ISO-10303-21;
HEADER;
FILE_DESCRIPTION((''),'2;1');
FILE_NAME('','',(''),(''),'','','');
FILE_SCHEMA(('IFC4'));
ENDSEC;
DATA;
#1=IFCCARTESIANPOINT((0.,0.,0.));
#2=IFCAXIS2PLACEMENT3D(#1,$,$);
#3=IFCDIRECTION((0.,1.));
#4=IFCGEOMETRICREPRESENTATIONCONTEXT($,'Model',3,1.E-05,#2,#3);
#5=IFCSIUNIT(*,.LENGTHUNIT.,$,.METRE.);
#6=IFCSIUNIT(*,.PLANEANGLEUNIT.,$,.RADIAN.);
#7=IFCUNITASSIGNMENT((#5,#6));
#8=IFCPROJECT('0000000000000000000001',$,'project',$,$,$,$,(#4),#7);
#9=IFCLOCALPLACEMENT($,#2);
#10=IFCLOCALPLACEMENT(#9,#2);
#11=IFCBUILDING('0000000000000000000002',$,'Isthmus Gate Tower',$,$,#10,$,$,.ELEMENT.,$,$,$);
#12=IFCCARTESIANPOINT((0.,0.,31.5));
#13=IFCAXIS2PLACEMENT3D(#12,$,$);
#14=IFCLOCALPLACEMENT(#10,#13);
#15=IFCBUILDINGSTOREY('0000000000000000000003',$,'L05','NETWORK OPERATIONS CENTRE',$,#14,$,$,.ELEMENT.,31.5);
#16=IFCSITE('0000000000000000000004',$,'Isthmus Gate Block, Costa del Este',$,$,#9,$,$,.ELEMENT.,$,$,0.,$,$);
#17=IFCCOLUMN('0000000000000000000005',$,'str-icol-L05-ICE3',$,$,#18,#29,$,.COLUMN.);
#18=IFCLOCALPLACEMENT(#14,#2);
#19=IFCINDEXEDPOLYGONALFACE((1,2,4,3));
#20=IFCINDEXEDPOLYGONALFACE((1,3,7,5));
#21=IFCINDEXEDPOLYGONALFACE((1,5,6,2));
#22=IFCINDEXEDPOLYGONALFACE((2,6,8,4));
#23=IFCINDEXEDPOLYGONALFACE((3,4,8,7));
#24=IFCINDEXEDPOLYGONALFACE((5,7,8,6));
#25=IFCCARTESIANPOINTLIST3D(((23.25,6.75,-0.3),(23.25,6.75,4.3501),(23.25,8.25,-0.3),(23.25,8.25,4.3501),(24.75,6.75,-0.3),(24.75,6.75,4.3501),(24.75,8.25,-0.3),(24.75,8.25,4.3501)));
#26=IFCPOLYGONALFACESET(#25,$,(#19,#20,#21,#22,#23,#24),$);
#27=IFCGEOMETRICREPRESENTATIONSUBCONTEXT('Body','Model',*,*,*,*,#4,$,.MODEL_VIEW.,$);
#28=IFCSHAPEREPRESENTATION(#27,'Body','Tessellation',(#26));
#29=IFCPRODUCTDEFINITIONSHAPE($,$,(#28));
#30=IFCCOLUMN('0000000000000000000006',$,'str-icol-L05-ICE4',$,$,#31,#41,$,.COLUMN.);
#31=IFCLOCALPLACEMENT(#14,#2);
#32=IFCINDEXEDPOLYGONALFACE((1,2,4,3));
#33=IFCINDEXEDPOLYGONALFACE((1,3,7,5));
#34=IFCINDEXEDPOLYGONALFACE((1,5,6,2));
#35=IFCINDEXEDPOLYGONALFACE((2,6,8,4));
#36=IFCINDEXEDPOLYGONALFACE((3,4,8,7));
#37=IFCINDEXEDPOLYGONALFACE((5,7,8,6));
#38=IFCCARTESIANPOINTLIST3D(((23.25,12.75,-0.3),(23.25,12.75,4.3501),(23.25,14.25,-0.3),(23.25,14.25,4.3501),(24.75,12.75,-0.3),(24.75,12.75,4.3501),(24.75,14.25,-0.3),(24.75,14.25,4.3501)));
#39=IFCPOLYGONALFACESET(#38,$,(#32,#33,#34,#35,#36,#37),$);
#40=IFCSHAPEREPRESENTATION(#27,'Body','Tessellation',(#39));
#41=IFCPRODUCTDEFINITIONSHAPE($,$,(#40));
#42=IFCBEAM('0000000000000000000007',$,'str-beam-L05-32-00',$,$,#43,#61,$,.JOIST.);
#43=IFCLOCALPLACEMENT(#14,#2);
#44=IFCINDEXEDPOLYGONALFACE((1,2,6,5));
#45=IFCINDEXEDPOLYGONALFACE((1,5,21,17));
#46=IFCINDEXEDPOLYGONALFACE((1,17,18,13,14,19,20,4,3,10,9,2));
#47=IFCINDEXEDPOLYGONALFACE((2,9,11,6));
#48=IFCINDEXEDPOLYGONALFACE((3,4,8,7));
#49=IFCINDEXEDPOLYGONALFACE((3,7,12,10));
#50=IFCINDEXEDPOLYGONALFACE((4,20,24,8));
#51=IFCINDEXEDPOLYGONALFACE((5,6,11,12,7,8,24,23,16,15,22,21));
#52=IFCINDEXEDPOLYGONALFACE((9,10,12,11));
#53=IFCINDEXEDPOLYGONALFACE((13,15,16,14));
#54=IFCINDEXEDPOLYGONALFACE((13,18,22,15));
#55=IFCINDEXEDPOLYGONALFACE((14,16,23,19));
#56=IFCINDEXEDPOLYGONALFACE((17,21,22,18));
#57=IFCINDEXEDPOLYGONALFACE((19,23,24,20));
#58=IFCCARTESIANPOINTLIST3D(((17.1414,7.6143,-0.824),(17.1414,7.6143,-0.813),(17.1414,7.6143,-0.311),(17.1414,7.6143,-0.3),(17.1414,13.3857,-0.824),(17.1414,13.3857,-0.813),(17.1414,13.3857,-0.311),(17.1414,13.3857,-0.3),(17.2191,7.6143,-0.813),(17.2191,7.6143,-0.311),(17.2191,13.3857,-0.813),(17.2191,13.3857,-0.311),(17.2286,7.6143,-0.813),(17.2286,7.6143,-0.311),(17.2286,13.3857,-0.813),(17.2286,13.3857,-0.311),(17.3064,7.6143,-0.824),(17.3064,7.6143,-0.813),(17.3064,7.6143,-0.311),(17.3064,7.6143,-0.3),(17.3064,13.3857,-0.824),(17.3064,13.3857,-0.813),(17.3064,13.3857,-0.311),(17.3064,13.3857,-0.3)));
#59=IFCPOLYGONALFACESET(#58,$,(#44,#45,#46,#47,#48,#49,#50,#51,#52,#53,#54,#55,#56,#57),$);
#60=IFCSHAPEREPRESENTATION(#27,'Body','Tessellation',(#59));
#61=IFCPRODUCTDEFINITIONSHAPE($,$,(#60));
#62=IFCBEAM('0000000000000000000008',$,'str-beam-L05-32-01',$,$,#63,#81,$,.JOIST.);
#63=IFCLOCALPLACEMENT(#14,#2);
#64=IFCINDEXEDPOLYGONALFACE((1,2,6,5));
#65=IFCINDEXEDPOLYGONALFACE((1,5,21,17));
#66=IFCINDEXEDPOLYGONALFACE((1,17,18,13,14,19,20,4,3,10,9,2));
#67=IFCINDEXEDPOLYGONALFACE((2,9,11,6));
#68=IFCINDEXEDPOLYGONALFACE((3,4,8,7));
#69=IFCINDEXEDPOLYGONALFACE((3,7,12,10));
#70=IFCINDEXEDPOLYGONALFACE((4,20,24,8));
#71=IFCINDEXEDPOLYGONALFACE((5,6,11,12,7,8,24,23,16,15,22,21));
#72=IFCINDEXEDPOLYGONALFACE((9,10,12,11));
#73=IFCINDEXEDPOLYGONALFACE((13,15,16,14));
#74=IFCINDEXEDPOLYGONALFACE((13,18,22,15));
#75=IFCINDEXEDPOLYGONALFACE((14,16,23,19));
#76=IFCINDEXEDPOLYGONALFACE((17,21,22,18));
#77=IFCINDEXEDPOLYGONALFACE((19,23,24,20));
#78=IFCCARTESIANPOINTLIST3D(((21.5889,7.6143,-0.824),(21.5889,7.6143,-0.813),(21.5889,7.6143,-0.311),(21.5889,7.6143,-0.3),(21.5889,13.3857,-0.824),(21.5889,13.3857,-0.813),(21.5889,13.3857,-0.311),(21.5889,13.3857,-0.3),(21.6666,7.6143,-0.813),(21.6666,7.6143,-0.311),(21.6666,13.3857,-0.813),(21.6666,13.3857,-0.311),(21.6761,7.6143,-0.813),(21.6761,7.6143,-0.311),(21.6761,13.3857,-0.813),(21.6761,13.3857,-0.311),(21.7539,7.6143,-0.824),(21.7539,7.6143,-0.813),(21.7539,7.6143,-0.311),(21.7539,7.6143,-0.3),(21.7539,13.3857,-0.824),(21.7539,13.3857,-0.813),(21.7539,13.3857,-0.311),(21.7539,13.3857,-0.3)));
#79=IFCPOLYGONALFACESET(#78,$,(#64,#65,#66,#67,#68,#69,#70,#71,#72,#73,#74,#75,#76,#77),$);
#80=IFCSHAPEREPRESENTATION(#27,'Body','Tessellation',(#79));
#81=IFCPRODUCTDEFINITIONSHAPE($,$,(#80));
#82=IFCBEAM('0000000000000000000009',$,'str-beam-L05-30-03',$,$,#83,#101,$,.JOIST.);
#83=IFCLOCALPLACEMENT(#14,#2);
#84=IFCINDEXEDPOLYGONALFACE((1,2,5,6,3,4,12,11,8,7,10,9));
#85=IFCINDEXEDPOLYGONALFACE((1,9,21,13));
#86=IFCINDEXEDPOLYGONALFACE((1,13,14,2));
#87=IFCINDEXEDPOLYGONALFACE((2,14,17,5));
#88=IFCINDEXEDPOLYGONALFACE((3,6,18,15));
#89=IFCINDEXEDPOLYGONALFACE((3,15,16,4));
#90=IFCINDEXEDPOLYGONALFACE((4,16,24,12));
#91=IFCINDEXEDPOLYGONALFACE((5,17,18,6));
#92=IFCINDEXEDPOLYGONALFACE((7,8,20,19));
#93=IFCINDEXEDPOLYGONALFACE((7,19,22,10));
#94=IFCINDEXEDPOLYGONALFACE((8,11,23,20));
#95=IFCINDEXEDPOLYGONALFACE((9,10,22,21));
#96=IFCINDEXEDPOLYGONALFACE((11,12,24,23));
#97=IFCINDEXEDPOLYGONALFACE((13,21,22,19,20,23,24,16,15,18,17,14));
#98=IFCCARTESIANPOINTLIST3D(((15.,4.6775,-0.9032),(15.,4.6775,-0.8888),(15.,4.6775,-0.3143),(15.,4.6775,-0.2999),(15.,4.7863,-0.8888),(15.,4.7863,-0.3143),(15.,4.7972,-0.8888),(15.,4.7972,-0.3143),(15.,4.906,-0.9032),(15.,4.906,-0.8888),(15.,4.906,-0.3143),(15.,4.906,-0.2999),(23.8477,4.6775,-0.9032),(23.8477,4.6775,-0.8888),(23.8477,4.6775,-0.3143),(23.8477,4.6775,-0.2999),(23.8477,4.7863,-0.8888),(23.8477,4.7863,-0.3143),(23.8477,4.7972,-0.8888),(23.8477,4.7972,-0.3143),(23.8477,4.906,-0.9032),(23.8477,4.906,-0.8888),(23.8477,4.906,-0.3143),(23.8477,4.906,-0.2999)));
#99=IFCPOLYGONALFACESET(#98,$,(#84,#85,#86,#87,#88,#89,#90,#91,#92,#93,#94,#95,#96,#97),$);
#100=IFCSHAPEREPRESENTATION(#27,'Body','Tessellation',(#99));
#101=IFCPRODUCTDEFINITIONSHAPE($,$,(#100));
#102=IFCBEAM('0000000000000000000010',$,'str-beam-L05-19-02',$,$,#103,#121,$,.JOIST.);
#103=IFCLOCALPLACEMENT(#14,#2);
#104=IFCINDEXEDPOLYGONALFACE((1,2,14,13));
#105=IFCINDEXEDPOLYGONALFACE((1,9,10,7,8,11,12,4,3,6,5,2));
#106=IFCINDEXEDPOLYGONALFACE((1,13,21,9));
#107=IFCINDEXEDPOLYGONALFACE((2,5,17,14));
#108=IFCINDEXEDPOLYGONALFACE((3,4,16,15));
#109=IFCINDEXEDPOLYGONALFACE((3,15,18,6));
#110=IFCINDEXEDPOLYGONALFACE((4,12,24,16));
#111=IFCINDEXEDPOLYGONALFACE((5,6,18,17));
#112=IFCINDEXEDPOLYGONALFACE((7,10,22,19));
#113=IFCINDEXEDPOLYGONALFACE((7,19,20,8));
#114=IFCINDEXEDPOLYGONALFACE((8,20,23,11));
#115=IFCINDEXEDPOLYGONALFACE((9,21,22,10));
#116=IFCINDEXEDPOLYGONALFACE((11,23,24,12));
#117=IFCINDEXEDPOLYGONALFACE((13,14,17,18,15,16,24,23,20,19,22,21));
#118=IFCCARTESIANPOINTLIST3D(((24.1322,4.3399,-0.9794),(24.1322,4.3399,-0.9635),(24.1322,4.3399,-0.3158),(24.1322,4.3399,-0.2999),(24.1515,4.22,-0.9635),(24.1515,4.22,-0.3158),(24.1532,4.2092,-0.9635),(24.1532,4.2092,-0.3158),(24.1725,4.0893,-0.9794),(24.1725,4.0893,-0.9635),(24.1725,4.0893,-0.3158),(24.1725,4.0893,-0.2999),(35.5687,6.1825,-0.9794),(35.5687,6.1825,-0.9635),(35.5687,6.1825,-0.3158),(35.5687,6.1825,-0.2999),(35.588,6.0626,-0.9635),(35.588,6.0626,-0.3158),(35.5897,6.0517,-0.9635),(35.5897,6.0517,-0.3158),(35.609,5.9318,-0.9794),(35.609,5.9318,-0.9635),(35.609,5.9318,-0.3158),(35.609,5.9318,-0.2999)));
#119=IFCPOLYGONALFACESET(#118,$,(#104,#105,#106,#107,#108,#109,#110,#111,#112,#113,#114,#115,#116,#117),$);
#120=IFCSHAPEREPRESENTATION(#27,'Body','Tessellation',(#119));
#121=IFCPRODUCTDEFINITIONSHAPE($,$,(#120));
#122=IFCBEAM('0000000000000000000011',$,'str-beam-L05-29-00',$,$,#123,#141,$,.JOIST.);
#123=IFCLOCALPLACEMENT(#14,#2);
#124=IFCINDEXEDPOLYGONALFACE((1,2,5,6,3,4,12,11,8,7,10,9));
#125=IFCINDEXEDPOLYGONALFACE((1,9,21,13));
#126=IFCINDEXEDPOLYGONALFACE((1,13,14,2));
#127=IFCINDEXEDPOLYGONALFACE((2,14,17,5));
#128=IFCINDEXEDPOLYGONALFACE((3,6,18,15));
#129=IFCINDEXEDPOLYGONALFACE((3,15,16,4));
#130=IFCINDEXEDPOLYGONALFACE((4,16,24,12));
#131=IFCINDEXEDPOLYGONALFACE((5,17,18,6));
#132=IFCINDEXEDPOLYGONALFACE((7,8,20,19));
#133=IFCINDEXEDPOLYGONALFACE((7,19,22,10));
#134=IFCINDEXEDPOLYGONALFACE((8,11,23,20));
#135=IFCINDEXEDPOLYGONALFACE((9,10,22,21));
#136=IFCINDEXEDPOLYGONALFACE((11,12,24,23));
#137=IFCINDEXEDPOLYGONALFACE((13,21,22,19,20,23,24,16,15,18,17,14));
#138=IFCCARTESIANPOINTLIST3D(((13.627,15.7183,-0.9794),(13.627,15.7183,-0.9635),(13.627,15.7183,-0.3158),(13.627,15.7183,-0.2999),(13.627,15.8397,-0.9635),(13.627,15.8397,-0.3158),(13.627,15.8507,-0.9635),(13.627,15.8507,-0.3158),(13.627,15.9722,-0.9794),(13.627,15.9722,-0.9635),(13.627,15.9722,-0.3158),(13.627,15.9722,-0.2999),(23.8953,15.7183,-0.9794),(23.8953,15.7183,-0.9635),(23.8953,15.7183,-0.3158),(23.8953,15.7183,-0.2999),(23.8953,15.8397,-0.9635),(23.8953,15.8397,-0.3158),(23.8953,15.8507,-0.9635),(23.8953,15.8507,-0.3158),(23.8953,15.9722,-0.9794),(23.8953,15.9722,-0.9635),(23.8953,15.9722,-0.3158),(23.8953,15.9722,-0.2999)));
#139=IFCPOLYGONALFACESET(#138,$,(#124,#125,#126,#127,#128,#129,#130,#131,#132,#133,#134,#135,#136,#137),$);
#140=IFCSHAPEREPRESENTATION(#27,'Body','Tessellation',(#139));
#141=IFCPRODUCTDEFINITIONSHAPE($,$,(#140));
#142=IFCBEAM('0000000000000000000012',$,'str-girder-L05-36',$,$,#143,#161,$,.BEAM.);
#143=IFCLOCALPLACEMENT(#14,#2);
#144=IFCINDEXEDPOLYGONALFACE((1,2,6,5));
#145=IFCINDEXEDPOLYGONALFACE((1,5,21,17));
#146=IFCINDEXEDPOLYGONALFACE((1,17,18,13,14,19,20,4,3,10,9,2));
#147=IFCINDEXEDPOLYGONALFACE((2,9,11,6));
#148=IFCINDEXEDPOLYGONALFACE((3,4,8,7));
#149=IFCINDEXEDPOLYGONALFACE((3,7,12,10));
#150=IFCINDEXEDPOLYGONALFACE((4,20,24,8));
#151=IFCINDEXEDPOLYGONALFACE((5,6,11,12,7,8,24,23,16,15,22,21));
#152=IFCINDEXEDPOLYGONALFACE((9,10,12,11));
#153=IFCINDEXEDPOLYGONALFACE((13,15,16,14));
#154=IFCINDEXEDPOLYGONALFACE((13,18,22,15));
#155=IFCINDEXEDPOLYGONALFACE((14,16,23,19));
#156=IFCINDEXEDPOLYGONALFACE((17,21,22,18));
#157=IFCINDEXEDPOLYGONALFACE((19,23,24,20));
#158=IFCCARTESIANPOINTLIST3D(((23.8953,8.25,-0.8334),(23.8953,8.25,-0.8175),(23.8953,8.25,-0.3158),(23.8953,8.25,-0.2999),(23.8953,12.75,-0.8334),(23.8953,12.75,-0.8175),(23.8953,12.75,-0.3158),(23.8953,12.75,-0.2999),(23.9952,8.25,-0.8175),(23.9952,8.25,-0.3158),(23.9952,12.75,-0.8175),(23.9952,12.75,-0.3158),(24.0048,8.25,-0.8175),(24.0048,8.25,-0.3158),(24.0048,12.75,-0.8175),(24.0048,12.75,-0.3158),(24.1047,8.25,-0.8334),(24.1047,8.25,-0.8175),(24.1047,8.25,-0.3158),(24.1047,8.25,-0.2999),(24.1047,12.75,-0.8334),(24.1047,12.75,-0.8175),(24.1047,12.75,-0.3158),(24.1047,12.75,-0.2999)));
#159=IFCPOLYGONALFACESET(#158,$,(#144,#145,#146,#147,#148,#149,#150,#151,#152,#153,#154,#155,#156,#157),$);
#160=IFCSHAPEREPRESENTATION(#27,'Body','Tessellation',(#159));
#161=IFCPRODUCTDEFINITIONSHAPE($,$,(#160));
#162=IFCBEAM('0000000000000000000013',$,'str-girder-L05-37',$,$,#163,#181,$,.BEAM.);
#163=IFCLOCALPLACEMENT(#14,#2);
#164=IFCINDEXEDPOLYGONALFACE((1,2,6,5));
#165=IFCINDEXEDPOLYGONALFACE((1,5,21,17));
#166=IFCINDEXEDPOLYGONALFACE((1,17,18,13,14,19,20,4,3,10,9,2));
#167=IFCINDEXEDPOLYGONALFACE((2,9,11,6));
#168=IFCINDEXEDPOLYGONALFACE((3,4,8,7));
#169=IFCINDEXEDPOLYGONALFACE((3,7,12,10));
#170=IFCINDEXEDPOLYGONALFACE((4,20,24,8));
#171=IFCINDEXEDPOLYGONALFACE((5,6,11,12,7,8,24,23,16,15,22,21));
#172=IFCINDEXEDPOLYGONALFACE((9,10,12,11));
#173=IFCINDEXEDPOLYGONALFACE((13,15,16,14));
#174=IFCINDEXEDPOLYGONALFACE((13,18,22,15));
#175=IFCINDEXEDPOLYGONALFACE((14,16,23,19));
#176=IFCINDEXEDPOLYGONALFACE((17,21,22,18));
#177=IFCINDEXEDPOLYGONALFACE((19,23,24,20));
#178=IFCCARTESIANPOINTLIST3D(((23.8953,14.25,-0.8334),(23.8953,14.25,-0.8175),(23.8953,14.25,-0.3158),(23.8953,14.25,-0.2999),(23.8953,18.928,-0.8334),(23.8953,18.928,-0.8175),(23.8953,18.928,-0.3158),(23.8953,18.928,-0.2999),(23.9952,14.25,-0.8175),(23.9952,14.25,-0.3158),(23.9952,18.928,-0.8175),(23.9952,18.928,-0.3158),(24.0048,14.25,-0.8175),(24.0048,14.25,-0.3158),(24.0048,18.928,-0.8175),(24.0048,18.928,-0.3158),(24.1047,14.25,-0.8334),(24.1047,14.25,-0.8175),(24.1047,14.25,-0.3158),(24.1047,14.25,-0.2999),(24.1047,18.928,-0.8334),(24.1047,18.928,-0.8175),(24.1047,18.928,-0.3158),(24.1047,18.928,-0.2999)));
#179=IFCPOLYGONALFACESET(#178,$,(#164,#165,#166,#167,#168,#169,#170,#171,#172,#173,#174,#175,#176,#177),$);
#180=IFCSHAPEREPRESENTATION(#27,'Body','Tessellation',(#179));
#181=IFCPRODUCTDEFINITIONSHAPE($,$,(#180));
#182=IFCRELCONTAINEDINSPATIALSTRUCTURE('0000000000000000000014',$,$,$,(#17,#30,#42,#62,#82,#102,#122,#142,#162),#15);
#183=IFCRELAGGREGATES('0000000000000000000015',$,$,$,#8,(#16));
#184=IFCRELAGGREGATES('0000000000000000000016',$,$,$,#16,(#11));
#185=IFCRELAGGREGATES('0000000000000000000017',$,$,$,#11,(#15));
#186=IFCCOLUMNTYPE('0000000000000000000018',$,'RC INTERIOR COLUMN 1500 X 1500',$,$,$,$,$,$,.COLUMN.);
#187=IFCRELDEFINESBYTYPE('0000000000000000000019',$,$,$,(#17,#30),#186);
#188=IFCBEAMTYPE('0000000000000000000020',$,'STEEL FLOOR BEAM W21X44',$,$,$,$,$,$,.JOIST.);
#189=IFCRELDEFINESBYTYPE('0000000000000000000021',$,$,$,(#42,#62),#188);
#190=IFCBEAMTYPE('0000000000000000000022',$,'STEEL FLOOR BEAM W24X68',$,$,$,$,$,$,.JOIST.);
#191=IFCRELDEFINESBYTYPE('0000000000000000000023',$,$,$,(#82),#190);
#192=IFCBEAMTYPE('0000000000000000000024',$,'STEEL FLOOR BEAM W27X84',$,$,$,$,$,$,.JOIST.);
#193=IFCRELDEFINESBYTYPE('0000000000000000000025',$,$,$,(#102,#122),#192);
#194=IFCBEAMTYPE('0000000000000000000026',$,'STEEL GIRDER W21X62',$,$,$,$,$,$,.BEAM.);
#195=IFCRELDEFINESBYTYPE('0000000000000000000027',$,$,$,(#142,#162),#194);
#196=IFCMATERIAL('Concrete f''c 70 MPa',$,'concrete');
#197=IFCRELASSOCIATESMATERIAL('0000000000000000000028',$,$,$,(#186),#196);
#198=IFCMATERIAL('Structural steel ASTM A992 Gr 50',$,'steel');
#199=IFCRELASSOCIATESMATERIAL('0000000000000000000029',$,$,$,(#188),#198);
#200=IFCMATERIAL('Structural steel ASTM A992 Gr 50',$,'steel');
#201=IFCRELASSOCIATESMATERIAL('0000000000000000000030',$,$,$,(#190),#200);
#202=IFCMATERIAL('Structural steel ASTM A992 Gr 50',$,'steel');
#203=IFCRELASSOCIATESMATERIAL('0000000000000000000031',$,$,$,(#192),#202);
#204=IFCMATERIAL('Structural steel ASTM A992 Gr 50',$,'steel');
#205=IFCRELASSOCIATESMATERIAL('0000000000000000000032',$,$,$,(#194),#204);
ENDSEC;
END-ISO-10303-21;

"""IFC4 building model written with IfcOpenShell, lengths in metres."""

from ifc_helpers import new_model, si_unit, direction, frame, origin, origin_2d, place, context, subcontext, project, spatial, rectangle, i_section, extrude, material, material_profile, profile_set, type_object, element, save


model = new_model("IFC4")

# Units and contexts
model_context = context("Model", 3, precision=1e-05, world=origin(), true_north=direction((0.0, 1.0)))
body_context = subcontext(model_context, "Body", "Model", "MODEL_VIEW")
ifc_project = project(units=[si_unit("LENGTHUNIT", "METRE"), si_unit("PLANEANGLEUNIT", "RADIAN")], contexts=[model_context])

# Site, building, storey
site_placement = place(None, origin())
site = spatial("IfcSite", under=ifc_project, at=site_placement, Name="Isthmus Gate Block, Costa del Este", CompositionType="ELEMENT", RefElevation=0.0)
building_placement = place(site_placement, origin())
building = spatial("IfcBuilding", under=site, at=building_placement, Name="Isthmus Gate Tower", CompositionType="ELEMENT")
storey_placement = place(building_placement, frame((0.0, 0.0, 31.5)))
storey = spatial("IfcBuildingStorey", under=building, at=storey_placement, Name="L05", Description="NETWORK OPERATIONS CENTRE", CompositionType="ELEMENT", Elevation=31.5)

# Columns
ifc_material_1 = material(Name="Concrete f'c 70 MPa", Category="concrete")
ifc_material_profile_1 = material_profile(ifc_material_1, rectangle(XDim=1.5, YDim=1.5, at=origin_2d()), Name="RC 1500X1500")
ifc_profile_set_1 = profile_set([ifc_material_profile_1], Name="Concrete f'c 70 MPa")
column_type = type_object("IfcColumnType", Name="RC INTERIOR COLUMN 1500 X 1500", PredefinedType="COLUMN", material=ifc_profile_set_1)
for number, where, z_axis, x_axis, name in (
    (1, (24.0, 7.5, -0.3), (0.0, 0.0, 1.0), (1.0, 0.0, 0.0), "str-icol-L05-ICE3"),
    (2, (24.0, 13.5, -0.3), (0.0, 0.0, 1.0), (1.0, 0.0, 0.0), "str-icol-L05-ICE4"),
):
    element("IfcColumn", number, at=place(storey_placement, frame(where, z_axis=z_axis, x_axis=x_axis)), inside=storey, type_object=column_type, Name=name, PredefinedType="COLUMN", context=body_context, shape_type="SweptSolid", body=[
        extrude(rectangle(XDim=1.5, YDim=1.5, at=origin_2d()), origin(), (0.0, 0.0, 1.0), 4.6501),
    ])

# Beams
ifc_material_2 = material(Name="Structural steel ASTM A992 Gr 50", Category="steel")
ifc_material_profile_2 = material_profile(ifc_material_2, i_section(OverallWidth=0.165, OverallDepth=0.5239, WebThickness=0.0095, FlangeThickness=0.011, at=origin_2d()), Name="W21X44")
ifc_profile_set_2 = profile_set([ifc_material_profile_2], Name="Structural steel ASTM A992 Gr 50")
beam_type_1 = type_object("IfcBeamType", Name="STEEL FLOOR BEAM W21X44", PredefinedType="JOIST", material=ifc_profile_set_2)
for number, where, z_axis, x_axis, name in (
    (3, (17.2239, 7.6143, -0.562), (0.0, 1.0, 0.0), (-1.0, 0.0, 0.0), "str-beam-L05-32-00"),
    (4, (21.6714, 7.6143, -0.562), (0.0, 1.0, 0.0), (-1.0, 0.0, 0.0), "str-beam-L05-32-01"),
):
    element("IfcBeam", number, at=place(storey_placement, frame(where, z_axis=z_axis, x_axis=x_axis)), inside=storey, type_object=beam_type_1, Name=name, PredefinedType="JOIST", context=body_context, shape_type="SweptSolid", body=[
        extrude(i_section(OverallWidth=0.165, OverallDepth=0.5239, WebThickness=0.0095, FlangeThickness=0.011, at=origin_2d()), origin(), (0.0, 0.0, 1.0), 5.7715),
    ])
ifc_material_3 = material(Name="Structural steel ASTM A992 Gr 50", Category="steel")
ifc_material_profile_3 = material_profile(ifc_material_3, i_section(OverallWidth=0.2285, OverallDepth=0.6033, WebThickness=0.011, FlangeThickness=0.0144, at=origin_2d()), Name="W24X68")
ifc_profile_set_3 = profile_set([ifc_material_profile_3], Name="Structural steel ASTM A992 Gr 50")
beam_type_2 = type_object("IfcBeamType", Name="STEEL FLOOR BEAM W24X68", PredefinedType="JOIST", material=ifc_profile_set_3)
beam_1_placement = place(storey_placement, frame((15.0, 4.7917, -0.6016), z_axis=(1.0, 0.0, 0.0), x_axis=(0.0, 1.0, 0.0)))
element("IfcBeam", 5, at=beam_1_placement, inside=storey, type_object=beam_type_2, Name="str-beam-L05-30-03", PredefinedType="JOIST", context=body_context, shape_type="SweptSolid", body=[
    extrude(i_section(OverallWidth=0.2285, OverallDepth=0.6033, WebThickness=0.011, FlangeThickness=0.0144, at=origin_2d()), origin(), (0.0, 0.0, 1.0), 8.8477),
])
ifc_material_4 = material(Name="Structural steel ASTM A992 Gr 50", Category="steel")
ifc_material_profile_4 = material_profile(ifc_material_4, i_section(OverallWidth=0.2539, OverallDepth=0.6794, WebThickness=0.011, FlangeThickness=0.0159, at=origin_2d()), Name="W27X84")
ifc_profile_set_4 = profile_set([ifc_material_profile_4], Name="Structural steel ASTM A992 Gr 50")
beam_type_3 = type_object("IfcBeamType", Name="STEEL FLOOR BEAM W27X84", PredefinedType="JOIST", material=ifc_profile_set_4)
beam_2_placement = place(storey_placement, frame((24.1523, 4.2146, -0.6396), z_axis=(0.987269, 0.159058, 0.0), x_axis=(-0.159058, 0.987269, 0.0)))
element("IfcBeam", 6, at=beam_2_placement, inside=storey, type_object=beam_type_3, Name="str-beam-L05-19-02", PredefinedType="JOIST", context=body_context, shape_type="SweptSolid", body=[
    extrude(i_section(OverallWidth=0.2539, OverallDepth=0.6794, WebThickness=0.011, FlangeThickness=0.0159, at=origin_2d()), origin(), (0.0, 0.0, 1.0), 11.584),
])
beam_3_placement = place(storey_placement, frame((13.627, 15.8452, -0.6396), z_axis=(1.0, 0.0, 0.0), x_axis=(0.0, 1.0, 0.0)))
element("IfcBeam", 7, at=beam_3_placement, inside=storey, type_object=beam_type_3, Name="str-beam-L05-29-00", PredefinedType="JOIST", context=body_context, shape_type="SweptSolid", body=[
    extrude(i_section(OverallWidth=0.2539, OverallDepth=0.6794, WebThickness=0.011, FlangeThickness=0.0159, at=origin_2d()), origin(), (0.0, 0.0, 1.0), 10.2683),
])
ifc_material_5 = material(Name="Structural steel ASTM A992 Gr 50", Category="steel")
ifc_material_profile_5 = material_profile(ifc_material_5, i_section(OverallWidth=0.2095, OverallDepth=0.5334, WebThickness=0.0095, FlangeThickness=0.0159, at=origin_2d()), Name="W21X62")
ifc_profile_set_5 = profile_set([ifc_material_profile_5], Name="Structural steel ASTM A992 Gr 50")
beam_type_4 = type_object("IfcBeamType", Name="STEEL GIRDER W21X62", PredefinedType="BEAM", material=ifc_profile_set_5)
beam_4_placement = place(storey_placement, frame((24.0, 8.25, -0.5667), z_axis=(0.0, 1.0, 0.0), x_axis=(-1.0, 0.0, 0.0)))
element("IfcBeam", 8, at=beam_4_placement, inside=storey, type_object=beam_type_4, Name="str-girder-L05-36", PredefinedType="BEAM", context=body_context, shape_type="SweptSolid", body=[
    extrude(i_section(OverallWidth=0.2095, OverallDepth=0.5334, WebThickness=0.0095, FlangeThickness=0.0159, at=origin_2d()), origin(), (0.0, 0.0, 1.0), 4.5),
])
beam_5_placement = place(storey_placement, frame((24.0, 14.25, -0.5667), z_axis=(0.0, 1.0, 0.0), x_axis=(-1.0, 0.0, 0.0)))
element("IfcBeam", 9, at=beam_5_placement, inside=storey, type_object=beam_type_4, Name="str-girder-L05-37", PredefinedType="BEAM", context=body_context, shape_type="SweptSolid", body=[
    extrude(i_section(OverallWidth=0.2095, OverallDepth=0.5334, WebThickness=0.0095, FlangeThickness=0.0159, at=origin_2d()), origin(), (0.0, 0.0, 1.0), 4.678),
])

save(model, "model.ifc")
